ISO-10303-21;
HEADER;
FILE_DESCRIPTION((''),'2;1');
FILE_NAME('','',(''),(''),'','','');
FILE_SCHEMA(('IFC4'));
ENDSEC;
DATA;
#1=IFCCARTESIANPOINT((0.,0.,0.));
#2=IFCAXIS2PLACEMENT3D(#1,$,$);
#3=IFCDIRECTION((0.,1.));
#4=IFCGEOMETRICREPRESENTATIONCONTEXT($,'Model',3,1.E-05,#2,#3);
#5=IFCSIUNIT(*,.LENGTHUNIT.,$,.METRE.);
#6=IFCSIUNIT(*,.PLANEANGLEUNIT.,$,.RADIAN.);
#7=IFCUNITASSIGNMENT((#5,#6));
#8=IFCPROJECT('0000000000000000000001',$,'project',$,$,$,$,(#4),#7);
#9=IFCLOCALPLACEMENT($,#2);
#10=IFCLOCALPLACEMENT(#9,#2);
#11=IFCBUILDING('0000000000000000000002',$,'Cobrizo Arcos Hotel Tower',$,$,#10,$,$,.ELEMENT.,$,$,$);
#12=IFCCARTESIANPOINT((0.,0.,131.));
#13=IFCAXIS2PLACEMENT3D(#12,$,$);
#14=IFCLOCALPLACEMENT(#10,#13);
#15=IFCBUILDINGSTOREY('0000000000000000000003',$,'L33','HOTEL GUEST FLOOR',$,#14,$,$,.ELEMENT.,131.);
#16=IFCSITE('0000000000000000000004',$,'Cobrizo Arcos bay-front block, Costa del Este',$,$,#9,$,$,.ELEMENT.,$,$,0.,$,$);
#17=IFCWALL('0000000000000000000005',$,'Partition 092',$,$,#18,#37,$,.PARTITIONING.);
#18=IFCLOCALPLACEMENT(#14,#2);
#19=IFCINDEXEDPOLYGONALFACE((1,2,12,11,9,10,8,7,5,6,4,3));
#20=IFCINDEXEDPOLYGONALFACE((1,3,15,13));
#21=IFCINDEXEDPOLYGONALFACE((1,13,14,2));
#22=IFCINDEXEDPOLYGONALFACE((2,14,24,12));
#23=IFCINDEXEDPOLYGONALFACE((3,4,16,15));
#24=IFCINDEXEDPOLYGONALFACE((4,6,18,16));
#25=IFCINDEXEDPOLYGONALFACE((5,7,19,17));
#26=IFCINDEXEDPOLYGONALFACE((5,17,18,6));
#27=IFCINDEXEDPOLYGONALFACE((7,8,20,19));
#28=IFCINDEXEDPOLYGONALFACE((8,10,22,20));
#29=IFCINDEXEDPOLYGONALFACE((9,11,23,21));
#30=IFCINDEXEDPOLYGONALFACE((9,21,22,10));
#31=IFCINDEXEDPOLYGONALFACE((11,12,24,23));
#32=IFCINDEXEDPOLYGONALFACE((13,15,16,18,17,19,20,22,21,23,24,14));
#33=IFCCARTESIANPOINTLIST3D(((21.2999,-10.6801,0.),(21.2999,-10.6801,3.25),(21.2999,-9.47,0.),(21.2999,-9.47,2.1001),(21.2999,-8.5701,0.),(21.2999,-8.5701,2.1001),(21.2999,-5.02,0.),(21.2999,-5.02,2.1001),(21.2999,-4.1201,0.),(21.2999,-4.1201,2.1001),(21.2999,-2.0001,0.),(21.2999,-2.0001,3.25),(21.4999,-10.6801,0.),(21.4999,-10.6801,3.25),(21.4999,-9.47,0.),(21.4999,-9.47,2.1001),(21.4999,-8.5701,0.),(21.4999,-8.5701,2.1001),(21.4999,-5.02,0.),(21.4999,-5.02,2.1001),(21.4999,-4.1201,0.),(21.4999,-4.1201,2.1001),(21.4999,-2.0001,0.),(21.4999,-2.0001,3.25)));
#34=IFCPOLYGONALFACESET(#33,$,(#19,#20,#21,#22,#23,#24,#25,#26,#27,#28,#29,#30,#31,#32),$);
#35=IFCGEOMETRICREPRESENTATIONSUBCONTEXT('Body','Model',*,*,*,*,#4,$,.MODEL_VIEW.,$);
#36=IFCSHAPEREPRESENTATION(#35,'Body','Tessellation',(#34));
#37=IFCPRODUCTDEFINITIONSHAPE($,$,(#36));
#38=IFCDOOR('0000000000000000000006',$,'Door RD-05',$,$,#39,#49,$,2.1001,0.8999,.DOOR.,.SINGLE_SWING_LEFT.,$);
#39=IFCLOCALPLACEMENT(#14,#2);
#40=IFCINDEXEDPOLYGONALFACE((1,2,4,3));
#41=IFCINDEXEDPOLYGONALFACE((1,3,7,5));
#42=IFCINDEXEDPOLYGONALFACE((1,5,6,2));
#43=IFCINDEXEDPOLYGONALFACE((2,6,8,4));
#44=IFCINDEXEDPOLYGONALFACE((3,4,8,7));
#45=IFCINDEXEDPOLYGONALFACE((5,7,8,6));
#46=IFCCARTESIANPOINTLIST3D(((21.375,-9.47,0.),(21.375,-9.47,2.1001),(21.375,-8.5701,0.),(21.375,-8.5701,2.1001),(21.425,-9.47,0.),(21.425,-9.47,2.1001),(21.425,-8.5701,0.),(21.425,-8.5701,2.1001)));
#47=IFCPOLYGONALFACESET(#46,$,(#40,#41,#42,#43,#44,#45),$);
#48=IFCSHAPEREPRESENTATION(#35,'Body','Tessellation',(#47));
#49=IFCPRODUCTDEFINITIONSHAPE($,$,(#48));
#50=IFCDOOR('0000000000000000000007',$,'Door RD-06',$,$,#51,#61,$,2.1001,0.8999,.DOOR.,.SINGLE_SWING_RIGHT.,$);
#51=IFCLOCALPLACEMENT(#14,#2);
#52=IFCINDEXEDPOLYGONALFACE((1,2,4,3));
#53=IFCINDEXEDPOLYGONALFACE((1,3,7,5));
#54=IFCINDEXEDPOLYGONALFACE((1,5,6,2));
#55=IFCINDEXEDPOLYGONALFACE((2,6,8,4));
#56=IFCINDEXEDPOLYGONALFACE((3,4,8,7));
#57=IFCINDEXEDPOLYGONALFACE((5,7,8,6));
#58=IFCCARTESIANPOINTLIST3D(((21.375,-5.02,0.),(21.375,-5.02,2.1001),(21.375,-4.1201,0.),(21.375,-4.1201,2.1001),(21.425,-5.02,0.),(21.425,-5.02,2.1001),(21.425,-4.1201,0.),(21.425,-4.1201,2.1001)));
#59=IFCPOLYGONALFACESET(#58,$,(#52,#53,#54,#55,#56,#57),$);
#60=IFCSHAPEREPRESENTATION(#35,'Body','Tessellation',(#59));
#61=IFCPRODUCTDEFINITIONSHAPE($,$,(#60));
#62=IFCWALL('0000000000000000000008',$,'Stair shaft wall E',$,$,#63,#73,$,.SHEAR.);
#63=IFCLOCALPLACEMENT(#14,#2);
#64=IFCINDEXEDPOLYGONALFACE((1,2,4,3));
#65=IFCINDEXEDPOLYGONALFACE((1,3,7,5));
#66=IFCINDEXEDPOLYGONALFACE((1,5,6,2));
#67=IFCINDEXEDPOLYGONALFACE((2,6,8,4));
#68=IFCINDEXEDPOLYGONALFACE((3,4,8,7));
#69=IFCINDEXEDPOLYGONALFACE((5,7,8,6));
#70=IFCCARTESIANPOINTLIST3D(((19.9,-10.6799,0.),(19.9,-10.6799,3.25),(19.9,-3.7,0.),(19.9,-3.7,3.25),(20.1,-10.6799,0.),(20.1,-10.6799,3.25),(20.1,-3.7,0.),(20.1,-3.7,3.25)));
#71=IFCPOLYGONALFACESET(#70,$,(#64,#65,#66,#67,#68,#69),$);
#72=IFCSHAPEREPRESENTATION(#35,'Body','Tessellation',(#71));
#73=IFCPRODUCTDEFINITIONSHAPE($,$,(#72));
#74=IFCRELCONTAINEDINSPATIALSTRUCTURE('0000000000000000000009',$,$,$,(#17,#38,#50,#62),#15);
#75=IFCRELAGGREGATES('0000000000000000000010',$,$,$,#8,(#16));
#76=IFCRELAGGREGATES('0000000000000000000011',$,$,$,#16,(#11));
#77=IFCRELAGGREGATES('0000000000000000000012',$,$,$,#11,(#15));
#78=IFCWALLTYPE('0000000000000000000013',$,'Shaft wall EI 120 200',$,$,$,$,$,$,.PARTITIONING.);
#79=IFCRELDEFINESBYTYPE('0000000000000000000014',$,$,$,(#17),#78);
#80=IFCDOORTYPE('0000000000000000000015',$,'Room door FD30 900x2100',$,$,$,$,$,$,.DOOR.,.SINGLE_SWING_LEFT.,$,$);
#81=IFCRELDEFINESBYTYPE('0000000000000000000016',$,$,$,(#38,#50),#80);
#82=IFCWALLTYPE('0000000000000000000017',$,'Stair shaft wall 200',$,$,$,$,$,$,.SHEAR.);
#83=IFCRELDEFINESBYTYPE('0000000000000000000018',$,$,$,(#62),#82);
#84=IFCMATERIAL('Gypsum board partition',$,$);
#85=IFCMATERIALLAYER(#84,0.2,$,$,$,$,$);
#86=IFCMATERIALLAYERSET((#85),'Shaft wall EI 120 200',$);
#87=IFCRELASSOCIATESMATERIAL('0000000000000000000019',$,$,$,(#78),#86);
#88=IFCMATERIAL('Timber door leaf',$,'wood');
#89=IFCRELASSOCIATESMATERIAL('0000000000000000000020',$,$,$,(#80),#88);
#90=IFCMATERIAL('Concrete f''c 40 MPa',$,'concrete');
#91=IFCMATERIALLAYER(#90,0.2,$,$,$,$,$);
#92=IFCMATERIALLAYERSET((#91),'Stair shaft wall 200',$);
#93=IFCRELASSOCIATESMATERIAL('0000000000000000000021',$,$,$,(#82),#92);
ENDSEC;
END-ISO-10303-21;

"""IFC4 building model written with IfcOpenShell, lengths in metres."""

from ifc_helpers import new_model, si_unit, direction, frame, frame_2d, origin, place, context, subcontext, project, spatial, rectangle, extrude, material, layer, layer_set, type_object, element, fill, save


model = new_model("IFC4")

# Units and contexts
model_context = context("Model", 3, precision=1e-05, world=origin(), true_north=direction((0.0, 1.0)))
body_context = subcontext(model_context, "Body", "Model", "MODEL_VIEW")
ifc_project = project(units=[si_unit("LENGTHUNIT", "METRE"), si_unit("PLANEANGLEUNIT", "RADIAN")], contexts=[model_context])

# Site, building, storey
site_placement = place(None, origin())
site = spatial("IfcSite", under=ifc_project, at=site_placement, Name="Cobrizo Arcos bay-front block, Costa del Este", CompositionType="ELEMENT", RefElevation=0.0)
building_placement = place(site_placement, origin())
building = spatial("IfcBuilding", under=site, at=building_placement, Name="Cobrizo Arcos Hotel Tower", CompositionType="ELEMENT")
storey_placement = place(building_placement, frame((0.0, 0.0, 131.0)))
storey = spatial("IfcBuildingStorey", under=building, at=storey_placement, Name="L33", Description="HOTEL GUEST FLOOR", CompositionType="ELEMENT", Elevation=131.0)

# Shared definitions
ifc_material_1 = material(Name="Gypsum board partition")

# Wall, openings, doors
ifc_layer_1 = layer(ifc_material_1, 0.2)
ifc_layer_set_1 = layer_set([ifc_layer_1], Name="Shaft wall EI 120 200")
wall_type_1 = type_object("IfcWallType", Name="Shaft wall EI 120 200", PredefinedType="PARTITIONING", material=ifc_layer_set_1)
wall_1_placement = place(storey_placement, frame((21.3999, -10.6799, 0.0), z_axis=(0.0, 0.0, 1.0), x_axis=(0.0, 1.0, 0.0)))
wall_1 = element("IfcWall", 1, at=wall_1_placement, inside=storey, type_object=wall_type_1, Name="Partition 092", PredefinedType="PARTITIONING", context=body_context, shape_type="SweptSolid", body=[
    extrude(rectangle(XDim=8.6799, YDim=0.2, at=frame_2d((4.3398, 0.0))), origin(), (0.0, 0.0, 1.0), 3.25),
])
opening_1_placement = place(wall_1_placement, frame((1.21, 0.0, 0.0)))
opening_1 = element("IfcOpeningElement", 2, at=opening_1_placement, cuts=wall_1, PredefinedType="OPENING", context=body_context, shape_type="SweptSolid", body=[
    extrude(rectangle(XDim=0.8999, YDim=2.1001, at=frame_2d((0.45, 1.05))), frame((0.0, 0.1121, 0.0), z_axis=(0.0, -1.0, 0.0), x_axis=(1.0, 0.0, 0.0)), (0.0, 0.0, 1.0), 0.2239),
])
opening_2_placement = place(wall_1_placement, frame((5.6599, 0.0, 0.0)))
opening_2 = element("IfcOpeningElement", 3, at=opening_2_placement, cuts=wall_1, PredefinedType="OPENING", context=body_context, shape_type="SweptSolid", body=[
    extrude(rectangle(XDim=0.8999, YDim=2.1001, at=frame_2d((0.45, 1.05))), frame((0.0, 0.1121, 0.0), z_axis=(0.0, -1.0, 0.0), x_axis=(1.0, 0.0, 0.0)), (0.0, 0.0, 1.0), 0.2239),
])
ifc_material_2 = material(Name="Timber door leaf", Category="wood")
door_type_1 = type_object("IfcDoorType", Name="Room door FD30 900x2100", OperationType="SINGLE_SWING_LEFT", PredefinedType="DOOR", material=ifc_material_2)
door_1_placement = place(opening_1_placement, origin())
door_1 = element("IfcDoor", 4, at=door_1_placement, inside=storey, type_object=door_type_1, Name="Door RD-05", OperationType="SINGLE_SWING_LEFT", OverallHeight=2.1001, OverallWidth=0.8999, PredefinedType="DOOR", context=body_context, shape_type="SweptSolid", body=[
    extrude(rectangle(XDim=0.8999, YDim=2.1001, at=frame_2d((0.45, 1.05))), frame((0.0, 0.0249, 0.0), z_axis=(0.0, -1.0, 0.0), x_axis=(1.0, 0.0, 0.0)), (0.0, 0.0, 1.0), 0.05),
])
fill(opening_1, door_1)
door_2_placement = place(opening_2_placement, origin())
door_2 = element("IfcDoor", 5, at=door_2_placement, inside=storey, type_object=door_type_1, Name="Door RD-06", OperationType="SINGLE_SWING_RIGHT", OverallHeight=2.1001, OverallWidth=0.8999, PredefinedType="DOOR", context=body_context, shape_type="SweptSolid", body=[
    extrude(rectangle(XDim=0.8999, YDim=2.1001, at=frame_2d((0.45, 1.05))), frame((0.0, 0.0249, 0.0), z_axis=(0.0, -1.0, 0.0), x_axis=(1.0, 0.0, 0.0)), (0.0, 0.0, 1.0), 0.05),
])
fill(opening_2, door_2)

# Wall
ifc_material_3 = material(Name="Concrete f'c 40 MPa", Category="concrete")
ifc_layer_2 = layer(ifc_material_3, 0.2)
ifc_layer_set_2 = layer_set([ifc_layer_2], Name="Stair shaft wall 200")
wall_type_2 = type_object("IfcWallType", Name="Stair shaft wall 200", PredefinedType="SHEAR", material=ifc_layer_set_2)
wall_2_placement = place(storey_placement, frame((20.0, -10.6799, 0.0), z_axis=(0.0, 0.0, 1.0), x_axis=(0.0, 1.0, 0.0)))
element("IfcWall", 6, at=wall_2_placement, inside=storey, type_object=wall_type_2, Name="Stair shaft wall E", PredefinedType="SHEAR", context=body_context, shape_type="SweptSolid", body=[
    extrude(rectangle(XDim=6.98, YDim=0.2, at=frame_2d((3.49, 0.0))), origin(), (0.0, 0.0, 1.0), 3.25),
])

save(model, "model.ifc")
